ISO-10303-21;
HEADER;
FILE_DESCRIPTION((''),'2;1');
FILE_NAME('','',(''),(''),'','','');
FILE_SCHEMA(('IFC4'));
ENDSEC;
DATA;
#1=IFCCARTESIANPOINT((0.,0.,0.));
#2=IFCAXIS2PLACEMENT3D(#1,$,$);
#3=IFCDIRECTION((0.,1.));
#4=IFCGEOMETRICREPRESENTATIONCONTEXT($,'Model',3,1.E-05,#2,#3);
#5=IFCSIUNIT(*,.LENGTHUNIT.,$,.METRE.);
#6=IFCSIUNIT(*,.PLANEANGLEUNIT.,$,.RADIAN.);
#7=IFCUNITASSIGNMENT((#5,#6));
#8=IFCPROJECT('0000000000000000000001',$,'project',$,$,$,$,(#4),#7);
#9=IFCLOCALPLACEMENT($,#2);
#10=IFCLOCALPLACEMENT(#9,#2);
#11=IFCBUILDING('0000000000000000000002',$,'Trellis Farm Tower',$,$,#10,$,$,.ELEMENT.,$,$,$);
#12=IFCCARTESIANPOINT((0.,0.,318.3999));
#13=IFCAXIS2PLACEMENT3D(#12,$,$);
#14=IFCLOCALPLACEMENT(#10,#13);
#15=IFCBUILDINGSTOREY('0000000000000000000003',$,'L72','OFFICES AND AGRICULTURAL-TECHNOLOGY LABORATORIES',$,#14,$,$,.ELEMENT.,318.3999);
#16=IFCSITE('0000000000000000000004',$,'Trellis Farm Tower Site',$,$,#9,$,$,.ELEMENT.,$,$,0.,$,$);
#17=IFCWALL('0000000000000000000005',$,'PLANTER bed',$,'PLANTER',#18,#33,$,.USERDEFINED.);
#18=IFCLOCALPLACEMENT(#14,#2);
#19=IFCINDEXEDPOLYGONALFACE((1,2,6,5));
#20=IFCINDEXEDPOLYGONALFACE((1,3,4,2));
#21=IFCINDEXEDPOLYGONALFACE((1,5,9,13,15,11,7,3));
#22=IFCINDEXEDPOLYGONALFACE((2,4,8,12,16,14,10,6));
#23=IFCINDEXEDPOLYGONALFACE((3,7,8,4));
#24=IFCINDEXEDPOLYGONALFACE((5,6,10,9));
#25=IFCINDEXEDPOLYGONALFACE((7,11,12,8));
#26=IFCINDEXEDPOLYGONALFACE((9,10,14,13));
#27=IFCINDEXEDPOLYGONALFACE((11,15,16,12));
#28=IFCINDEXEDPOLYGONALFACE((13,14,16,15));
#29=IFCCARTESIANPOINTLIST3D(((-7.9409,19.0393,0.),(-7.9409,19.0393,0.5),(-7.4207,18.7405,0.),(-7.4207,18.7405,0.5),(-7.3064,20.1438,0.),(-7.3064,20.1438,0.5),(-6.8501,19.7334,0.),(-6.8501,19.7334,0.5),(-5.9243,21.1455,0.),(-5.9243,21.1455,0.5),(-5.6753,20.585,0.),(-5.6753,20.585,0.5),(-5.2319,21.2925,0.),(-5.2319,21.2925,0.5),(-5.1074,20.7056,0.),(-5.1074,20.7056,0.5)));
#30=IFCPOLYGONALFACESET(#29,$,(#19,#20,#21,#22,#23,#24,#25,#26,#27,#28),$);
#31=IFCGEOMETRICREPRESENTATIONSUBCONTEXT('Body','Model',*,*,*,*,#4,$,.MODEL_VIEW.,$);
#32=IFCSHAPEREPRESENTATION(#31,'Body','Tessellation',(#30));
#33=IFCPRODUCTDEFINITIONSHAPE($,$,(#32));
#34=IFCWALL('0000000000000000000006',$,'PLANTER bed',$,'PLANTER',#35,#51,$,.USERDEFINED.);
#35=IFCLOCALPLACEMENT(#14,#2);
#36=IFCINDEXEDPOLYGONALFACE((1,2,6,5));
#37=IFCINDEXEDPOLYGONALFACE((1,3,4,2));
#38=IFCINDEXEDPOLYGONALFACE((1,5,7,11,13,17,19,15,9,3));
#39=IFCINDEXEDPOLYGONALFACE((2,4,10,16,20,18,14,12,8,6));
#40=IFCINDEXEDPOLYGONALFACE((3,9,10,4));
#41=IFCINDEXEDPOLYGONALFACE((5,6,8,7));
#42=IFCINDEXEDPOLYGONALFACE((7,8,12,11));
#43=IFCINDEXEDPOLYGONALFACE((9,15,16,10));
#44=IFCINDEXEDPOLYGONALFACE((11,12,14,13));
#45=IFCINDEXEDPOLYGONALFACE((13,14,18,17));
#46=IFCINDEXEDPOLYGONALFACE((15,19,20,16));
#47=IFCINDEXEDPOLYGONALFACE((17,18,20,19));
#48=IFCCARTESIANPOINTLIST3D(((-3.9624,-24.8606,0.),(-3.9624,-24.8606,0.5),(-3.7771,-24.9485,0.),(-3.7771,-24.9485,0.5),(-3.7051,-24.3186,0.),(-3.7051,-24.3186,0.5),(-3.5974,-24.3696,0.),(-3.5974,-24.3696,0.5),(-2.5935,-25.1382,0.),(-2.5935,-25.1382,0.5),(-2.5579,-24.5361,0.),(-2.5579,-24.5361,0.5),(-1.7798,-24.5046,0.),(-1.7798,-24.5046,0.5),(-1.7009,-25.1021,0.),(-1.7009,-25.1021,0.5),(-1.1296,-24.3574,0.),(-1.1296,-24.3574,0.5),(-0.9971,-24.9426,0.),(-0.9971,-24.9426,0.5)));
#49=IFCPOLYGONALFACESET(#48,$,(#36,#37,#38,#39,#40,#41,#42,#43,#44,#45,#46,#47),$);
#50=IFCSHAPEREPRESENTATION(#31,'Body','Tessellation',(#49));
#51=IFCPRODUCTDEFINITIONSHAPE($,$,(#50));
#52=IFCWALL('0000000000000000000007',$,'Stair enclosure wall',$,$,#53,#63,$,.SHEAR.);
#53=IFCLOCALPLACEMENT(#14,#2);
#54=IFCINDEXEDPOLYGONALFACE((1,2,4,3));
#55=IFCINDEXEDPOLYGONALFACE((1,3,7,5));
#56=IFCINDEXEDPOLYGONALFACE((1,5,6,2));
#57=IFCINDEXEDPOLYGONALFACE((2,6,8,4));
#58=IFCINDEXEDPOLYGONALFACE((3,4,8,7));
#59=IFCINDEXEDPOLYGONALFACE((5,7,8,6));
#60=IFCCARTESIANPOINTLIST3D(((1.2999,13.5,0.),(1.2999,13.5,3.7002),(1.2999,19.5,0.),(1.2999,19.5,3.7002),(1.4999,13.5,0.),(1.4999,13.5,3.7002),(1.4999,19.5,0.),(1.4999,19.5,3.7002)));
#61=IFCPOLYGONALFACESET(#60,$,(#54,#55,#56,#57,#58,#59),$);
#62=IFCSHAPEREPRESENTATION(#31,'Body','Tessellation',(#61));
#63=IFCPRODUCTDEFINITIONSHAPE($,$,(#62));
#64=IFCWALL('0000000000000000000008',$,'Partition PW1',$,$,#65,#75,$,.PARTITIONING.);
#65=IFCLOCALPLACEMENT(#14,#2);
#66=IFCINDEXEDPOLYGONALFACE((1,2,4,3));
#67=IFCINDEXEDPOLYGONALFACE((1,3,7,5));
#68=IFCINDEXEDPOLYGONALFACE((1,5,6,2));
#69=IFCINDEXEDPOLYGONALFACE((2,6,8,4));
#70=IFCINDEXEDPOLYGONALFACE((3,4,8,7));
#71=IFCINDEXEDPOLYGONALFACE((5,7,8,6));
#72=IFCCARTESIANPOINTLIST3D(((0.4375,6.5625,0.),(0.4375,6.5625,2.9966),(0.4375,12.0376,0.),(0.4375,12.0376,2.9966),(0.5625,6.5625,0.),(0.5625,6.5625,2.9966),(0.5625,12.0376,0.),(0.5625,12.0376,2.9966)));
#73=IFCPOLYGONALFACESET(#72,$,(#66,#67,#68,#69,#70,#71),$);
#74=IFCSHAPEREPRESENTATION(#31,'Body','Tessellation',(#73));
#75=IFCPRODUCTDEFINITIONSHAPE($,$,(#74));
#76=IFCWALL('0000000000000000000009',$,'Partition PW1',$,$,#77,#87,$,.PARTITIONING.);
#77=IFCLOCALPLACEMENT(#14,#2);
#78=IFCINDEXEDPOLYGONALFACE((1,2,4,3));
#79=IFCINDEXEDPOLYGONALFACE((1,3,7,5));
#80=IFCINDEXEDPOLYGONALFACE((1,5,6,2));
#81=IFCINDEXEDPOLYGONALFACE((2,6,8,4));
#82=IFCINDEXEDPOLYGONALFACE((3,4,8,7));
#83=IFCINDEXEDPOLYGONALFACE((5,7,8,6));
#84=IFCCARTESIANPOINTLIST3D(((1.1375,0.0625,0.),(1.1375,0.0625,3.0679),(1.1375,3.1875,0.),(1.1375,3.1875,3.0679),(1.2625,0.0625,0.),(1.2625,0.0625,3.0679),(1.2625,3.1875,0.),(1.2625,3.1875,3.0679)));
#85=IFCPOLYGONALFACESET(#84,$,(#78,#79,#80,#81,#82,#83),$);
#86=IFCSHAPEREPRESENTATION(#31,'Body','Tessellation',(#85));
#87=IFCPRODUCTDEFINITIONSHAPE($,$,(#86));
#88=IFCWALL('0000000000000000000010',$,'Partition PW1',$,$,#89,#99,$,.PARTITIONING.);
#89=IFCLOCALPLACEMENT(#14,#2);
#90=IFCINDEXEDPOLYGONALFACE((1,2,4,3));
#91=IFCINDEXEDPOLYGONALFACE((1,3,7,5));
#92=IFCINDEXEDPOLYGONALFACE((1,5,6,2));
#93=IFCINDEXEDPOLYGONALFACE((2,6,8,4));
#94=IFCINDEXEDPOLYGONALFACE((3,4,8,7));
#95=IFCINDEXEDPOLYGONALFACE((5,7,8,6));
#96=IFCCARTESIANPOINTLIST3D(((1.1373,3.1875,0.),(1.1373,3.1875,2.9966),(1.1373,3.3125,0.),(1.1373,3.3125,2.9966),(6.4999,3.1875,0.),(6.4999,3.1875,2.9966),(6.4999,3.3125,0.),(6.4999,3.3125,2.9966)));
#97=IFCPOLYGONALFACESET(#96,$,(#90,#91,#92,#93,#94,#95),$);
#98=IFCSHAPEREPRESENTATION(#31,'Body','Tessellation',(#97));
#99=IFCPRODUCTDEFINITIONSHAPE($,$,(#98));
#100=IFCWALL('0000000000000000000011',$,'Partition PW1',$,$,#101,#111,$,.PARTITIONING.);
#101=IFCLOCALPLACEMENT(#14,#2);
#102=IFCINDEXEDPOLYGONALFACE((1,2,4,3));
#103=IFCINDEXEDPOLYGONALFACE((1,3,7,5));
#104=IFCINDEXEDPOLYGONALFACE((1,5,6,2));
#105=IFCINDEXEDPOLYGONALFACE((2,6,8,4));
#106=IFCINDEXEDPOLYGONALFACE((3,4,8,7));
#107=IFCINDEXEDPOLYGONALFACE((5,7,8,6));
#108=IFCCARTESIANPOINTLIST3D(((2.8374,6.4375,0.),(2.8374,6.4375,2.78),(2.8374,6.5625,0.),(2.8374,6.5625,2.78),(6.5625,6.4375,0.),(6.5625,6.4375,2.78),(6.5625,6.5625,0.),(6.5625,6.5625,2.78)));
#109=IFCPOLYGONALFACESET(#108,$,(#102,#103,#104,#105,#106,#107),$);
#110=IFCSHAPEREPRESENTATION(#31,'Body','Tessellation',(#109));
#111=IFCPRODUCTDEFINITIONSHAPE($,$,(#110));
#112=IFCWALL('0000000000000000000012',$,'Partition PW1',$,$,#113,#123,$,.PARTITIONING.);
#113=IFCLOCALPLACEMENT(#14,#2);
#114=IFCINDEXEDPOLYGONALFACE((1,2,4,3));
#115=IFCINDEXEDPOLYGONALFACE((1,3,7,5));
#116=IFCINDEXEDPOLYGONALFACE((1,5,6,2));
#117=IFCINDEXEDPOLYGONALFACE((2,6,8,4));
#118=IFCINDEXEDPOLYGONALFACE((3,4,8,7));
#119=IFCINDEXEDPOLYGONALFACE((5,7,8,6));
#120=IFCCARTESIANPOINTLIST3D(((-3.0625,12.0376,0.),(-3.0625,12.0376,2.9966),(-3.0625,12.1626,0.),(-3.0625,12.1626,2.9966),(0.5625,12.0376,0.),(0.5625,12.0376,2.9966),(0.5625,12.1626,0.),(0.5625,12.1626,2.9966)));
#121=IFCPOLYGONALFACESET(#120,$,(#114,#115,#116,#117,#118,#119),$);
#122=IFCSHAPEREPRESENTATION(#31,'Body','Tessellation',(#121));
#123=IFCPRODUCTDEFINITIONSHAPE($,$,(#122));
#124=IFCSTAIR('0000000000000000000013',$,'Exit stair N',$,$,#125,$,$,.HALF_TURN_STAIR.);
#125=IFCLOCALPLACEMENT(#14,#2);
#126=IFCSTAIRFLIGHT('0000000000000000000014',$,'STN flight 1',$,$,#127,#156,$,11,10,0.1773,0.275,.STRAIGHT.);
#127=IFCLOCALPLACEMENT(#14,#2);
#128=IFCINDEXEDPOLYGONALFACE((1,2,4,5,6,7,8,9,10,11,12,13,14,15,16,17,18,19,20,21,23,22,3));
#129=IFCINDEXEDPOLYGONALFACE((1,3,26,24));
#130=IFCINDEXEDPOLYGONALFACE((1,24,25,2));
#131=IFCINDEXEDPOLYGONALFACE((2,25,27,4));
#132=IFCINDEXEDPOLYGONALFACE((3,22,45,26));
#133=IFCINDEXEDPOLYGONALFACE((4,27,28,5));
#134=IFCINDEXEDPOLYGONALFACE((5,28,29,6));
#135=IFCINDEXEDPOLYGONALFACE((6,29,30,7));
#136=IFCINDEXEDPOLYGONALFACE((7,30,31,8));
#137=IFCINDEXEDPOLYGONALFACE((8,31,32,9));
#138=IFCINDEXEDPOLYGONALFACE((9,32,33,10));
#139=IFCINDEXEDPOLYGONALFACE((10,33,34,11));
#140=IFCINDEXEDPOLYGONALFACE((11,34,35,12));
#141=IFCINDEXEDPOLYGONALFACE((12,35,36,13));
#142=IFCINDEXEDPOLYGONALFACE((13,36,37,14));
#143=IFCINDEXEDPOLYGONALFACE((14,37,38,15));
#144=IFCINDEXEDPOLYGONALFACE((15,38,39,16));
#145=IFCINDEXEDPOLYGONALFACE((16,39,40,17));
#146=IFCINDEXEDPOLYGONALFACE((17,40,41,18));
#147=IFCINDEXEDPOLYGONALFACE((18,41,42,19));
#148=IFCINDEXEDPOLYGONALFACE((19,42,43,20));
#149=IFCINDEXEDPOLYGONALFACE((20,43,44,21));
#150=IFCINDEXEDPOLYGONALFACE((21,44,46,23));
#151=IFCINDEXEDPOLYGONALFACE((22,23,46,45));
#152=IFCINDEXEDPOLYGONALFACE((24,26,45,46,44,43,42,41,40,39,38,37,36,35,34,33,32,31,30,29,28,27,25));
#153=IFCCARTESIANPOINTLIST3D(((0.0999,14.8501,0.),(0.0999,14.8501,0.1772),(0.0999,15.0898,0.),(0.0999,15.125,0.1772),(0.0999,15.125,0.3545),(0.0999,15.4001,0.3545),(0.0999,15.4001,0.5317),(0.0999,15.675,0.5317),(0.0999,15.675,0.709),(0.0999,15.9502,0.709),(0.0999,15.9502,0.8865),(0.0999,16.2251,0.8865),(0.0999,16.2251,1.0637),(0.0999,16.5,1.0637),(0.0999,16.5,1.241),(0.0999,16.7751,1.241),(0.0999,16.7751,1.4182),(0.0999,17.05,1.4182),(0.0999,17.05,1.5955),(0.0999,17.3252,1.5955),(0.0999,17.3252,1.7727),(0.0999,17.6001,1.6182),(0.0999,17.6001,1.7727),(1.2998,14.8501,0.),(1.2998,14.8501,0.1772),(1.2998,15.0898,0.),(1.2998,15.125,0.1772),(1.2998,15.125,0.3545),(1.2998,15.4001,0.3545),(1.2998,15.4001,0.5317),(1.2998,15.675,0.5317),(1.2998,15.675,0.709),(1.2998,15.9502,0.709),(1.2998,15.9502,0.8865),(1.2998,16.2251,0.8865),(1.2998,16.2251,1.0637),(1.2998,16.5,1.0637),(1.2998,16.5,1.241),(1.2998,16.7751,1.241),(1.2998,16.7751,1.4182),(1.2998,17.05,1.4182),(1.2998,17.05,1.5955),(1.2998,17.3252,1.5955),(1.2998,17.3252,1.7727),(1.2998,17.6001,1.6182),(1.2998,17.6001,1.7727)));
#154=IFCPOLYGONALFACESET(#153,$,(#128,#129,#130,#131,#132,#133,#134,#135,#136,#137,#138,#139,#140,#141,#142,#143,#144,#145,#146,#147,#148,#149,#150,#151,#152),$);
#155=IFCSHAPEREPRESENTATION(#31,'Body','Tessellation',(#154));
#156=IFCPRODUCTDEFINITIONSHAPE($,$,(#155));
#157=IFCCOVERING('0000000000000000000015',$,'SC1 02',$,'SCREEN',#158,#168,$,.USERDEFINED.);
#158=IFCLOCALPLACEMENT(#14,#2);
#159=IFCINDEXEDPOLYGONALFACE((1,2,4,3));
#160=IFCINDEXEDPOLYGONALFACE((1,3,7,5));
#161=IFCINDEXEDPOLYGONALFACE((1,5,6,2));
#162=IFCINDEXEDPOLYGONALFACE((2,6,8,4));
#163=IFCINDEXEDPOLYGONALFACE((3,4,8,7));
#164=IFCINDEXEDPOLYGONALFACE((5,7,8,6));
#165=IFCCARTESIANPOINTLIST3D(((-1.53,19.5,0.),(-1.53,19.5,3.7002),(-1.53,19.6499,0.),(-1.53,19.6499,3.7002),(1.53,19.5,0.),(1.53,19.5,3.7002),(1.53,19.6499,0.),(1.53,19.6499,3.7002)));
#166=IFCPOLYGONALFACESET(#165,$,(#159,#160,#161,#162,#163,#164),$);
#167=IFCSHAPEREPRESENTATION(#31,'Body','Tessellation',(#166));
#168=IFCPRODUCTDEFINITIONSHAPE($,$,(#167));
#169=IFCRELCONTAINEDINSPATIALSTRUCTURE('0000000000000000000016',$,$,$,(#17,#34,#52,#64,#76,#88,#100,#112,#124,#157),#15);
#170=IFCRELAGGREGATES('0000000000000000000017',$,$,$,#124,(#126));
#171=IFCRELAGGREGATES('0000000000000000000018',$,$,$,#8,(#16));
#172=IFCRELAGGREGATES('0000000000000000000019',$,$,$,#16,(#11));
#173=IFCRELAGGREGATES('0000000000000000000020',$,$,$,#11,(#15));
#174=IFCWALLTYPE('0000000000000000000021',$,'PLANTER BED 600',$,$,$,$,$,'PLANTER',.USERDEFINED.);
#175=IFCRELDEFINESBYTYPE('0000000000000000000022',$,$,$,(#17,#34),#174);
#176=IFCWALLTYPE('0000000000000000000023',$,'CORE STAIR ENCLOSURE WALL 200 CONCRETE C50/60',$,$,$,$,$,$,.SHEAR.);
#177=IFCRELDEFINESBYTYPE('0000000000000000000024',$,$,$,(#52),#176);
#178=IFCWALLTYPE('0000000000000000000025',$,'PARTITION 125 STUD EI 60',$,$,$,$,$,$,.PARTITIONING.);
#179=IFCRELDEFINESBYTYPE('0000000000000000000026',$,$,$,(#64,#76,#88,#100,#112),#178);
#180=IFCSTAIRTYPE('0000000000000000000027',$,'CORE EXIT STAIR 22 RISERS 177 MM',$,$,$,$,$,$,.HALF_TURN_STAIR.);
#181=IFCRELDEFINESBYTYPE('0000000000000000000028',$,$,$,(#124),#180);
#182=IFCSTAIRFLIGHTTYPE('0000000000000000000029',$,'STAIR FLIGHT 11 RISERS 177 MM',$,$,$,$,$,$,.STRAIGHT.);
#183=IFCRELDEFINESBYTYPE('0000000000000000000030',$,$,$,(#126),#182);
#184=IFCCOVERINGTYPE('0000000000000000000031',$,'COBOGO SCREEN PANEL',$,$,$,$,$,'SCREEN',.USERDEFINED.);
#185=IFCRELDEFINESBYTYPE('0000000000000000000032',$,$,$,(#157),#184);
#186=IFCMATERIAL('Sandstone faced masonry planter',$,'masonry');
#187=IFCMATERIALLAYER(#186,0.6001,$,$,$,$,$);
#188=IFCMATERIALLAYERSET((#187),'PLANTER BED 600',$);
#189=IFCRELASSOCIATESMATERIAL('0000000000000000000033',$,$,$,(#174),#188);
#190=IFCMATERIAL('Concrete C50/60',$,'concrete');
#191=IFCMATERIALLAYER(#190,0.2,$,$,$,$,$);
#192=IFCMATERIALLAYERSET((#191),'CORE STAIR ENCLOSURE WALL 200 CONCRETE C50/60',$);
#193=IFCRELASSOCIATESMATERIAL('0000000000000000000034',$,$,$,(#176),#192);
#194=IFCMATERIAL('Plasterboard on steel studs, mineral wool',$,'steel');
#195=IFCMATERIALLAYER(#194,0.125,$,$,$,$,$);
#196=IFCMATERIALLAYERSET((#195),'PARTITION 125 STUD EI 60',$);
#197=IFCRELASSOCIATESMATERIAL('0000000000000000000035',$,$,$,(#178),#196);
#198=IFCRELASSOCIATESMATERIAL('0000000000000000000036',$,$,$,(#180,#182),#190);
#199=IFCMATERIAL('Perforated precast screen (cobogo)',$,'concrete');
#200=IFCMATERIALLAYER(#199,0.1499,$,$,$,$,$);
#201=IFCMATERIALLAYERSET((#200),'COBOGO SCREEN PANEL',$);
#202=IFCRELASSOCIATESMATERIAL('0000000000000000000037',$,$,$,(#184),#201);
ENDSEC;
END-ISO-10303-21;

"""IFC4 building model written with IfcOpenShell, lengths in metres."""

from ifc_helpers import new_model, si_unit, direction, frame, frame_2d, origin, place, context, subcontext, project, spatial, polyline, rectangle, outline, extrude, source, transform, mapped, material, layer, layer_set, type_object, element, aggregate, save


model = new_model("IFC4")

# Units and contexts
model_context = context("Model", 3, precision=1e-05, world=origin(), true_north=direction((0.0, 1.0)))
body_context = subcontext(model_context, "Body", "Model", "MODEL_VIEW")
ifc_project = project(units=[si_unit("LENGTHUNIT", "METRE"), si_unit("PLANEANGLEUNIT", "RADIAN")], contexts=[model_context])

# Site, building, storey
site_placement = place(None, origin())
site = spatial("IfcSite", under=ifc_project, at=site_placement, Name="Trellis Farm Tower Site", CompositionType="ELEMENT", RefElevation=0.0)
building_placement = place(site_placement, origin())
building = spatial("IfcBuilding", under=site, at=building_placement, Name="Trellis Farm Tower", CompositionType="ELEMENT")
storey_placement = place(building_placement, frame((0.0, 0.0, 318.3999)))
storey = spatial("IfcBuildingStorey", under=building, at=storey_placement, Name="L72", Description="OFFICES AND AGRICULTURAL-TECHNOLOGY LABORATORIES", CompositionType="ELEMENT", Elevation=318.3999)

# Shared definitions
placement_1 = place(storey_placement, origin())

# Walls
ifc_material_1 = material(Name="Sandstone faced masonry planter", Category="masonry")
ifc_layer_1 = layer(ifc_material_1, 0.6001)
ifc_layer_set_1 = layer_set([ifc_layer_1], Name="PLANTER BED 600")
wall_type_1 = type_object("IfcWallType", Name="PLANTER BED 600", ElementType="PLANTER", PredefinedType="USERDEFINED", material=ifc_layer_set_1)
element("IfcWall", 1, at=placement_1, inside=storey, type_object=wall_type_1, Name="PLANTER bed", ObjectType="PLANTER", PredefinedType="USERDEFINED", context=body_context, shape_type="SweptSolid", body=[
    extrude(outline(polyline([(-5.9243, 21.1455), (-5.2319, 21.2925), (-5.1074, 20.7056), (-5.6753, 20.585), (-6.8501, 19.7334), (-7.4207, 18.7405), (-7.9409, 19.0393), (-7.3064, 20.1438), (-5.9243, 21.1455)])), origin(), (0.0, 0.0, 1.0), 0.5),
])
element("IfcWall", 2, at=placement_1, inside=storey, type_object=wall_type_1, Name="PLANTER bed", ObjectType="PLANTER", PredefinedType="USERDEFINED", context=body_context, shape_type="SweptSolid", body=[
    extrude(outline(polyline([(-2.5935, -25.1382), (-3.7771, -24.9485), (-3.9624, -24.8606), (-3.7051, -24.3186), (-3.5974, -24.3696), (-2.5579, -24.5361), (-1.7798, -24.5046), (-1.1296, -24.3574), (-0.9971, -24.9426), (-1.7009, -25.1021), (-2.5935, -25.1382)])), origin(), (0.0, 0.0, 1.0), 0.5),
])
ifc_material_2 = material(Name="Concrete C50/60", Category="concrete")
ifc_layer_2 = layer(ifc_material_2, 0.2)
ifc_layer_set_2 = layer_set([ifc_layer_2], Name="CORE STAIR ENCLOSURE WALL 200 CONCRETE C50/60")
wall_type_2 = type_object("IfcWallType", Name="CORE STAIR ENCLOSURE WALL 200 CONCRETE C50/60", PredefinedType="SHEAR", material=ifc_layer_set_2)
shared_shape_1 = source(origin(), body_context, "Body", "SweptSolid", [
    extrude(rectangle(XDim=6.0, YDim=0.2, at=frame_2d((3.0, 0.0))), origin(), (0.0, 0.0, 1.0), 3.7002),
])
wall_1_placement = place(storey_placement, frame((1.3999, 13.5, 0.0), z_axis=(0.0, 0.0, 1.0), x_axis=(0.0, 1.0, 0.0)))
element("IfcWall", 3, at=wall_1_placement, inside=storey, type_object=wall_type_2, Name="Stair enclosure wall", PredefinedType="SHEAR", context=body_context, shape_type="MappedRepresentation", body=[
    mapped(shared_shape_1, transform((0.0, 0.0, 0.0))),
])
ifc_material_3 = material(Name="Plasterboard on steel studs, mineral wool", Category="steel")
ifc_layer_3 = layer(ifc_material_3, 0.125)
ifc_layer_set_3 = layer_set([ifc_layer_3], Name="PARTITION 125 STUD EI 60")
wall_type_3 = type_object("IfcWallType", Name="PARTITION 125 STUD EI 60", PredefinedType="PARTITIONING", material=ifc_layer_set_3)
shared_shape_2 = source(origin(), body_context, "Body", "SweptSolid", [
    extrude(rectangle(XDim=5.4751, YDim=0.125, at=frame_2d((2.7375, 0.0))), origin(), (0.0, 0.0, 1.0), 2.9966),
])
wall_2_placement = place(storey_placement, frame((0.5, 12.0376, 0.0), z_axis=(0.0, 0.0, 1.0), x_axis=(0.0, -1.0, 0.0)))
element("IfcWall", 4, at=wall_2_placement, inside=storey, type_object=wall_type_3, Name="Partition PW1", PredefinedType="PARTITIONING", context=body_context, shape_type="MappedRepresentation", body=[
    mapped(shared_shape_2, transform((0.0, 0.0, 0.0))),
])
shared_shape_3 = source(origin(), body_context, "Body", "SweptSolid", [
    extrude(rectangle(XDim=3.125, YDim=0.125, at=frame_2d((1.5625, 0.0))), origin(), (0.0, 0.0, 1.0), 3.0679),
])
wall_3_placement = place(storey_placement, frame((1.2, 3.1875, 0.0), z_axis=(0.0, 0.0, 1.0), x_axis=(0.0, -1.0, 0.0)))
element("IfcWall", 5, at=wall_3_placement, inside=storey, type_object=wall_type_3, Name="Partition PW1", PredefinedType="PARTITIONING", context=body_context, shape_type="MappedRepresentation", body=[
    mapped(shared_shape_3, transform((0.0, 0.0, 0.0))),
])
shared_shape_4 = source(origin(), body_context, "Body", "SweptSolid", [
    extrude(rectangle(XDim=5.3625, YDim=0.125, at=frame_2d((2.6812, 0.0))), origin(), (0.0, 0.0, 1.0), 2.9966),
])
wall_4_placement = place(storey_placement, frame((1.1375, 3.25, 0.0), z_axis=(0.0, 0.0, 1.0), x_axis=(1.0, 0.0, 0.0)))
element("IfcWall", 6, at=wall_4_placement, inside=storey, type_object=wall_type_3, Name="Partition PW1", PredefinedType="PARTITIONING", context=body_context, shape_type="MappedRepresentation", body=[
    mapped(shared_shape_4, transform((0.0, 0.0, 0.0))),
])
shared_shape_5 = source(origin(), body_context, "Body", "SweptSolid", [
    extrude(rectangle(XDim=3.7251, YDim=0.125, at=frame_2d((1.8625, 0.0))), origin(), (0.0, 0.0, 1.0), 2.78),
])
wall_5_placement = place(storey_placement, frame((2.8374, 6.5, 0.0), z_axis=(0.0, 0.0, 1.0), x_axis=(1.0, 0.0, 0.0)))
element("IfcWall", 7, at=wall_5_placement, inside=storey, type_object=wall_type_3, Name="Partition PW1", PredefinedType="PARTITIONING", context=body_context, shape_type="MappedRepresentation", body=[
    mapped(shared_shape_5, transform((0.0, 0.0, 0.0))),
])
shared_shape_6 = source(origin(), body_context, "Body", "SweptSolid", [
    extrude(rectangle(XDim=3.625, YDim=0.125, at=frame_2d((1.8125, 0.0))), origin(), (0.0, 0.0, 1.0), 2.9966),
])
wall_6_placement = place(storey_placement, frame((0.5625, 12.1001, 0.0), z_axis=(0.0, 0.0, 1.0), x_axis=(-1.0, 0.0, 0.0)))
element("IfcWall", 8, at=wall_6_placement, inside=storey, type_object=wall_type_3, Name="Partition PW1", PredefinedType="PARTITIONING", context=body_context, shape_type="MappedRepresentation", body=[
    mapped(shared_shape_6, transform((0.0, 0.0, 0.0))),
])

# Stair, stair flight
stair_type = type_object("IfcStairType", Name="CORE EXIT STAIR 22 RISERS 177 MM", PredefinedType="HALF_TURN_STAIR", material=ifc_material_2)
stair = element("IfcStair", 9, at=placement_1, inside=storey, type_object=stair_type, Name="Exit stair N", PredefinedType="HALF_TURN_STAIR")
stair_flight_type = type_object("IfcStairFlightType", Name="STAIR FLIGHT 11 RISERS 177 MM", PredefinedType="STRAIGHT", material=ifc_material_2)
shared_shape_7 = source(origin(), body_context, "Body", "SweptSolid", [
    extrude(outline(polyline([(0.0, 0.0), (0.0, 0.1772), (0.2749, 0.1772), (0.2749, 0.3545), (0.55, 0.3545), (0.55, 0.5317), (0.825, 0.5317), (0.825, 0.709), (1.1001, 0.709), (1.1001, 0.8865), (1.375, 0.8865), (1.375, 1.0637), (1.6499, 1.0637), (1.6499, 1.241), (1.925, 1.241), (1.925, 1.4182), (2.2, 1.4182), (2.2, 1.5955), (2.4751, 1.5955), (2.4751, 1.7727), (2.75, 1.7727), (2.75, 1.95), (2.75, 1.6182), (0.2397, 0.0), (0.0, 0.0)])), frame((0.0, 0.6001, 0.0), z_axis=(0.0, -1.0, 0.0), x_axis=(1.0, 0.0, 0.0)), (0.0, 0.0, 1.0), 1.2),
])
stair_flight_placement = place(storey_placement, frame((0.7, 14.8501, 0.0), z_axis=(0.0, 0.0, 1.0), x_axis=(0.0, 1.0, 0.0)))
stair_flight = element("IfcStairFlight", 10, at=stair_flight_placement, type_object=stair_flight_type, Name="STN flight 1", NumberOfRisers=11, NumberOfTreads=10, PredefinedType="STRAIGHT", RiserHeight=0.1773, TreadLength=0.275, context=body_context, shape_type="MappedRepresentation", body=[
    mapped(shared_shape_7, transform((0.0, 0.0, 0.0))),
])
aggregate(stair, [stair_flight])

# Covering
ifc_material_4 = material(Name="Perforated precast screen (cobogo)", Category="concrete")
ifc_layer_4 = layer(ifc_material_4, 0.1499)
ifc_layer_set_4 = layer_set([ifc_layer_4], Name="COBOGO SCREEN PANEL")
covering_type = type_object("IfcCoveringType", Name="COBOGO SCREEN PANEL", ElementType="SCREEN", PredefinedType="USERDEFINED", material=ifc_layer_set_4)
element("IfcCovering", 11, at=placement_1, inside=storey, type_object=covering_type, Name="SC1 02", ObjectType="SCREEN", PredefinedType="USERDEFINED", context=body_context, shape_type="SweptSolid", body=[
    extrude(outline(polyline([(1.53, 19.6499), (-1.53, 19.6499), (-1.53, 19.5), (1.53, 19.5), (1.53, 19.6499)])), origin(), (0.0, 0.0, 1.0), 3.7002),
])

save(model, "model.ifc")
